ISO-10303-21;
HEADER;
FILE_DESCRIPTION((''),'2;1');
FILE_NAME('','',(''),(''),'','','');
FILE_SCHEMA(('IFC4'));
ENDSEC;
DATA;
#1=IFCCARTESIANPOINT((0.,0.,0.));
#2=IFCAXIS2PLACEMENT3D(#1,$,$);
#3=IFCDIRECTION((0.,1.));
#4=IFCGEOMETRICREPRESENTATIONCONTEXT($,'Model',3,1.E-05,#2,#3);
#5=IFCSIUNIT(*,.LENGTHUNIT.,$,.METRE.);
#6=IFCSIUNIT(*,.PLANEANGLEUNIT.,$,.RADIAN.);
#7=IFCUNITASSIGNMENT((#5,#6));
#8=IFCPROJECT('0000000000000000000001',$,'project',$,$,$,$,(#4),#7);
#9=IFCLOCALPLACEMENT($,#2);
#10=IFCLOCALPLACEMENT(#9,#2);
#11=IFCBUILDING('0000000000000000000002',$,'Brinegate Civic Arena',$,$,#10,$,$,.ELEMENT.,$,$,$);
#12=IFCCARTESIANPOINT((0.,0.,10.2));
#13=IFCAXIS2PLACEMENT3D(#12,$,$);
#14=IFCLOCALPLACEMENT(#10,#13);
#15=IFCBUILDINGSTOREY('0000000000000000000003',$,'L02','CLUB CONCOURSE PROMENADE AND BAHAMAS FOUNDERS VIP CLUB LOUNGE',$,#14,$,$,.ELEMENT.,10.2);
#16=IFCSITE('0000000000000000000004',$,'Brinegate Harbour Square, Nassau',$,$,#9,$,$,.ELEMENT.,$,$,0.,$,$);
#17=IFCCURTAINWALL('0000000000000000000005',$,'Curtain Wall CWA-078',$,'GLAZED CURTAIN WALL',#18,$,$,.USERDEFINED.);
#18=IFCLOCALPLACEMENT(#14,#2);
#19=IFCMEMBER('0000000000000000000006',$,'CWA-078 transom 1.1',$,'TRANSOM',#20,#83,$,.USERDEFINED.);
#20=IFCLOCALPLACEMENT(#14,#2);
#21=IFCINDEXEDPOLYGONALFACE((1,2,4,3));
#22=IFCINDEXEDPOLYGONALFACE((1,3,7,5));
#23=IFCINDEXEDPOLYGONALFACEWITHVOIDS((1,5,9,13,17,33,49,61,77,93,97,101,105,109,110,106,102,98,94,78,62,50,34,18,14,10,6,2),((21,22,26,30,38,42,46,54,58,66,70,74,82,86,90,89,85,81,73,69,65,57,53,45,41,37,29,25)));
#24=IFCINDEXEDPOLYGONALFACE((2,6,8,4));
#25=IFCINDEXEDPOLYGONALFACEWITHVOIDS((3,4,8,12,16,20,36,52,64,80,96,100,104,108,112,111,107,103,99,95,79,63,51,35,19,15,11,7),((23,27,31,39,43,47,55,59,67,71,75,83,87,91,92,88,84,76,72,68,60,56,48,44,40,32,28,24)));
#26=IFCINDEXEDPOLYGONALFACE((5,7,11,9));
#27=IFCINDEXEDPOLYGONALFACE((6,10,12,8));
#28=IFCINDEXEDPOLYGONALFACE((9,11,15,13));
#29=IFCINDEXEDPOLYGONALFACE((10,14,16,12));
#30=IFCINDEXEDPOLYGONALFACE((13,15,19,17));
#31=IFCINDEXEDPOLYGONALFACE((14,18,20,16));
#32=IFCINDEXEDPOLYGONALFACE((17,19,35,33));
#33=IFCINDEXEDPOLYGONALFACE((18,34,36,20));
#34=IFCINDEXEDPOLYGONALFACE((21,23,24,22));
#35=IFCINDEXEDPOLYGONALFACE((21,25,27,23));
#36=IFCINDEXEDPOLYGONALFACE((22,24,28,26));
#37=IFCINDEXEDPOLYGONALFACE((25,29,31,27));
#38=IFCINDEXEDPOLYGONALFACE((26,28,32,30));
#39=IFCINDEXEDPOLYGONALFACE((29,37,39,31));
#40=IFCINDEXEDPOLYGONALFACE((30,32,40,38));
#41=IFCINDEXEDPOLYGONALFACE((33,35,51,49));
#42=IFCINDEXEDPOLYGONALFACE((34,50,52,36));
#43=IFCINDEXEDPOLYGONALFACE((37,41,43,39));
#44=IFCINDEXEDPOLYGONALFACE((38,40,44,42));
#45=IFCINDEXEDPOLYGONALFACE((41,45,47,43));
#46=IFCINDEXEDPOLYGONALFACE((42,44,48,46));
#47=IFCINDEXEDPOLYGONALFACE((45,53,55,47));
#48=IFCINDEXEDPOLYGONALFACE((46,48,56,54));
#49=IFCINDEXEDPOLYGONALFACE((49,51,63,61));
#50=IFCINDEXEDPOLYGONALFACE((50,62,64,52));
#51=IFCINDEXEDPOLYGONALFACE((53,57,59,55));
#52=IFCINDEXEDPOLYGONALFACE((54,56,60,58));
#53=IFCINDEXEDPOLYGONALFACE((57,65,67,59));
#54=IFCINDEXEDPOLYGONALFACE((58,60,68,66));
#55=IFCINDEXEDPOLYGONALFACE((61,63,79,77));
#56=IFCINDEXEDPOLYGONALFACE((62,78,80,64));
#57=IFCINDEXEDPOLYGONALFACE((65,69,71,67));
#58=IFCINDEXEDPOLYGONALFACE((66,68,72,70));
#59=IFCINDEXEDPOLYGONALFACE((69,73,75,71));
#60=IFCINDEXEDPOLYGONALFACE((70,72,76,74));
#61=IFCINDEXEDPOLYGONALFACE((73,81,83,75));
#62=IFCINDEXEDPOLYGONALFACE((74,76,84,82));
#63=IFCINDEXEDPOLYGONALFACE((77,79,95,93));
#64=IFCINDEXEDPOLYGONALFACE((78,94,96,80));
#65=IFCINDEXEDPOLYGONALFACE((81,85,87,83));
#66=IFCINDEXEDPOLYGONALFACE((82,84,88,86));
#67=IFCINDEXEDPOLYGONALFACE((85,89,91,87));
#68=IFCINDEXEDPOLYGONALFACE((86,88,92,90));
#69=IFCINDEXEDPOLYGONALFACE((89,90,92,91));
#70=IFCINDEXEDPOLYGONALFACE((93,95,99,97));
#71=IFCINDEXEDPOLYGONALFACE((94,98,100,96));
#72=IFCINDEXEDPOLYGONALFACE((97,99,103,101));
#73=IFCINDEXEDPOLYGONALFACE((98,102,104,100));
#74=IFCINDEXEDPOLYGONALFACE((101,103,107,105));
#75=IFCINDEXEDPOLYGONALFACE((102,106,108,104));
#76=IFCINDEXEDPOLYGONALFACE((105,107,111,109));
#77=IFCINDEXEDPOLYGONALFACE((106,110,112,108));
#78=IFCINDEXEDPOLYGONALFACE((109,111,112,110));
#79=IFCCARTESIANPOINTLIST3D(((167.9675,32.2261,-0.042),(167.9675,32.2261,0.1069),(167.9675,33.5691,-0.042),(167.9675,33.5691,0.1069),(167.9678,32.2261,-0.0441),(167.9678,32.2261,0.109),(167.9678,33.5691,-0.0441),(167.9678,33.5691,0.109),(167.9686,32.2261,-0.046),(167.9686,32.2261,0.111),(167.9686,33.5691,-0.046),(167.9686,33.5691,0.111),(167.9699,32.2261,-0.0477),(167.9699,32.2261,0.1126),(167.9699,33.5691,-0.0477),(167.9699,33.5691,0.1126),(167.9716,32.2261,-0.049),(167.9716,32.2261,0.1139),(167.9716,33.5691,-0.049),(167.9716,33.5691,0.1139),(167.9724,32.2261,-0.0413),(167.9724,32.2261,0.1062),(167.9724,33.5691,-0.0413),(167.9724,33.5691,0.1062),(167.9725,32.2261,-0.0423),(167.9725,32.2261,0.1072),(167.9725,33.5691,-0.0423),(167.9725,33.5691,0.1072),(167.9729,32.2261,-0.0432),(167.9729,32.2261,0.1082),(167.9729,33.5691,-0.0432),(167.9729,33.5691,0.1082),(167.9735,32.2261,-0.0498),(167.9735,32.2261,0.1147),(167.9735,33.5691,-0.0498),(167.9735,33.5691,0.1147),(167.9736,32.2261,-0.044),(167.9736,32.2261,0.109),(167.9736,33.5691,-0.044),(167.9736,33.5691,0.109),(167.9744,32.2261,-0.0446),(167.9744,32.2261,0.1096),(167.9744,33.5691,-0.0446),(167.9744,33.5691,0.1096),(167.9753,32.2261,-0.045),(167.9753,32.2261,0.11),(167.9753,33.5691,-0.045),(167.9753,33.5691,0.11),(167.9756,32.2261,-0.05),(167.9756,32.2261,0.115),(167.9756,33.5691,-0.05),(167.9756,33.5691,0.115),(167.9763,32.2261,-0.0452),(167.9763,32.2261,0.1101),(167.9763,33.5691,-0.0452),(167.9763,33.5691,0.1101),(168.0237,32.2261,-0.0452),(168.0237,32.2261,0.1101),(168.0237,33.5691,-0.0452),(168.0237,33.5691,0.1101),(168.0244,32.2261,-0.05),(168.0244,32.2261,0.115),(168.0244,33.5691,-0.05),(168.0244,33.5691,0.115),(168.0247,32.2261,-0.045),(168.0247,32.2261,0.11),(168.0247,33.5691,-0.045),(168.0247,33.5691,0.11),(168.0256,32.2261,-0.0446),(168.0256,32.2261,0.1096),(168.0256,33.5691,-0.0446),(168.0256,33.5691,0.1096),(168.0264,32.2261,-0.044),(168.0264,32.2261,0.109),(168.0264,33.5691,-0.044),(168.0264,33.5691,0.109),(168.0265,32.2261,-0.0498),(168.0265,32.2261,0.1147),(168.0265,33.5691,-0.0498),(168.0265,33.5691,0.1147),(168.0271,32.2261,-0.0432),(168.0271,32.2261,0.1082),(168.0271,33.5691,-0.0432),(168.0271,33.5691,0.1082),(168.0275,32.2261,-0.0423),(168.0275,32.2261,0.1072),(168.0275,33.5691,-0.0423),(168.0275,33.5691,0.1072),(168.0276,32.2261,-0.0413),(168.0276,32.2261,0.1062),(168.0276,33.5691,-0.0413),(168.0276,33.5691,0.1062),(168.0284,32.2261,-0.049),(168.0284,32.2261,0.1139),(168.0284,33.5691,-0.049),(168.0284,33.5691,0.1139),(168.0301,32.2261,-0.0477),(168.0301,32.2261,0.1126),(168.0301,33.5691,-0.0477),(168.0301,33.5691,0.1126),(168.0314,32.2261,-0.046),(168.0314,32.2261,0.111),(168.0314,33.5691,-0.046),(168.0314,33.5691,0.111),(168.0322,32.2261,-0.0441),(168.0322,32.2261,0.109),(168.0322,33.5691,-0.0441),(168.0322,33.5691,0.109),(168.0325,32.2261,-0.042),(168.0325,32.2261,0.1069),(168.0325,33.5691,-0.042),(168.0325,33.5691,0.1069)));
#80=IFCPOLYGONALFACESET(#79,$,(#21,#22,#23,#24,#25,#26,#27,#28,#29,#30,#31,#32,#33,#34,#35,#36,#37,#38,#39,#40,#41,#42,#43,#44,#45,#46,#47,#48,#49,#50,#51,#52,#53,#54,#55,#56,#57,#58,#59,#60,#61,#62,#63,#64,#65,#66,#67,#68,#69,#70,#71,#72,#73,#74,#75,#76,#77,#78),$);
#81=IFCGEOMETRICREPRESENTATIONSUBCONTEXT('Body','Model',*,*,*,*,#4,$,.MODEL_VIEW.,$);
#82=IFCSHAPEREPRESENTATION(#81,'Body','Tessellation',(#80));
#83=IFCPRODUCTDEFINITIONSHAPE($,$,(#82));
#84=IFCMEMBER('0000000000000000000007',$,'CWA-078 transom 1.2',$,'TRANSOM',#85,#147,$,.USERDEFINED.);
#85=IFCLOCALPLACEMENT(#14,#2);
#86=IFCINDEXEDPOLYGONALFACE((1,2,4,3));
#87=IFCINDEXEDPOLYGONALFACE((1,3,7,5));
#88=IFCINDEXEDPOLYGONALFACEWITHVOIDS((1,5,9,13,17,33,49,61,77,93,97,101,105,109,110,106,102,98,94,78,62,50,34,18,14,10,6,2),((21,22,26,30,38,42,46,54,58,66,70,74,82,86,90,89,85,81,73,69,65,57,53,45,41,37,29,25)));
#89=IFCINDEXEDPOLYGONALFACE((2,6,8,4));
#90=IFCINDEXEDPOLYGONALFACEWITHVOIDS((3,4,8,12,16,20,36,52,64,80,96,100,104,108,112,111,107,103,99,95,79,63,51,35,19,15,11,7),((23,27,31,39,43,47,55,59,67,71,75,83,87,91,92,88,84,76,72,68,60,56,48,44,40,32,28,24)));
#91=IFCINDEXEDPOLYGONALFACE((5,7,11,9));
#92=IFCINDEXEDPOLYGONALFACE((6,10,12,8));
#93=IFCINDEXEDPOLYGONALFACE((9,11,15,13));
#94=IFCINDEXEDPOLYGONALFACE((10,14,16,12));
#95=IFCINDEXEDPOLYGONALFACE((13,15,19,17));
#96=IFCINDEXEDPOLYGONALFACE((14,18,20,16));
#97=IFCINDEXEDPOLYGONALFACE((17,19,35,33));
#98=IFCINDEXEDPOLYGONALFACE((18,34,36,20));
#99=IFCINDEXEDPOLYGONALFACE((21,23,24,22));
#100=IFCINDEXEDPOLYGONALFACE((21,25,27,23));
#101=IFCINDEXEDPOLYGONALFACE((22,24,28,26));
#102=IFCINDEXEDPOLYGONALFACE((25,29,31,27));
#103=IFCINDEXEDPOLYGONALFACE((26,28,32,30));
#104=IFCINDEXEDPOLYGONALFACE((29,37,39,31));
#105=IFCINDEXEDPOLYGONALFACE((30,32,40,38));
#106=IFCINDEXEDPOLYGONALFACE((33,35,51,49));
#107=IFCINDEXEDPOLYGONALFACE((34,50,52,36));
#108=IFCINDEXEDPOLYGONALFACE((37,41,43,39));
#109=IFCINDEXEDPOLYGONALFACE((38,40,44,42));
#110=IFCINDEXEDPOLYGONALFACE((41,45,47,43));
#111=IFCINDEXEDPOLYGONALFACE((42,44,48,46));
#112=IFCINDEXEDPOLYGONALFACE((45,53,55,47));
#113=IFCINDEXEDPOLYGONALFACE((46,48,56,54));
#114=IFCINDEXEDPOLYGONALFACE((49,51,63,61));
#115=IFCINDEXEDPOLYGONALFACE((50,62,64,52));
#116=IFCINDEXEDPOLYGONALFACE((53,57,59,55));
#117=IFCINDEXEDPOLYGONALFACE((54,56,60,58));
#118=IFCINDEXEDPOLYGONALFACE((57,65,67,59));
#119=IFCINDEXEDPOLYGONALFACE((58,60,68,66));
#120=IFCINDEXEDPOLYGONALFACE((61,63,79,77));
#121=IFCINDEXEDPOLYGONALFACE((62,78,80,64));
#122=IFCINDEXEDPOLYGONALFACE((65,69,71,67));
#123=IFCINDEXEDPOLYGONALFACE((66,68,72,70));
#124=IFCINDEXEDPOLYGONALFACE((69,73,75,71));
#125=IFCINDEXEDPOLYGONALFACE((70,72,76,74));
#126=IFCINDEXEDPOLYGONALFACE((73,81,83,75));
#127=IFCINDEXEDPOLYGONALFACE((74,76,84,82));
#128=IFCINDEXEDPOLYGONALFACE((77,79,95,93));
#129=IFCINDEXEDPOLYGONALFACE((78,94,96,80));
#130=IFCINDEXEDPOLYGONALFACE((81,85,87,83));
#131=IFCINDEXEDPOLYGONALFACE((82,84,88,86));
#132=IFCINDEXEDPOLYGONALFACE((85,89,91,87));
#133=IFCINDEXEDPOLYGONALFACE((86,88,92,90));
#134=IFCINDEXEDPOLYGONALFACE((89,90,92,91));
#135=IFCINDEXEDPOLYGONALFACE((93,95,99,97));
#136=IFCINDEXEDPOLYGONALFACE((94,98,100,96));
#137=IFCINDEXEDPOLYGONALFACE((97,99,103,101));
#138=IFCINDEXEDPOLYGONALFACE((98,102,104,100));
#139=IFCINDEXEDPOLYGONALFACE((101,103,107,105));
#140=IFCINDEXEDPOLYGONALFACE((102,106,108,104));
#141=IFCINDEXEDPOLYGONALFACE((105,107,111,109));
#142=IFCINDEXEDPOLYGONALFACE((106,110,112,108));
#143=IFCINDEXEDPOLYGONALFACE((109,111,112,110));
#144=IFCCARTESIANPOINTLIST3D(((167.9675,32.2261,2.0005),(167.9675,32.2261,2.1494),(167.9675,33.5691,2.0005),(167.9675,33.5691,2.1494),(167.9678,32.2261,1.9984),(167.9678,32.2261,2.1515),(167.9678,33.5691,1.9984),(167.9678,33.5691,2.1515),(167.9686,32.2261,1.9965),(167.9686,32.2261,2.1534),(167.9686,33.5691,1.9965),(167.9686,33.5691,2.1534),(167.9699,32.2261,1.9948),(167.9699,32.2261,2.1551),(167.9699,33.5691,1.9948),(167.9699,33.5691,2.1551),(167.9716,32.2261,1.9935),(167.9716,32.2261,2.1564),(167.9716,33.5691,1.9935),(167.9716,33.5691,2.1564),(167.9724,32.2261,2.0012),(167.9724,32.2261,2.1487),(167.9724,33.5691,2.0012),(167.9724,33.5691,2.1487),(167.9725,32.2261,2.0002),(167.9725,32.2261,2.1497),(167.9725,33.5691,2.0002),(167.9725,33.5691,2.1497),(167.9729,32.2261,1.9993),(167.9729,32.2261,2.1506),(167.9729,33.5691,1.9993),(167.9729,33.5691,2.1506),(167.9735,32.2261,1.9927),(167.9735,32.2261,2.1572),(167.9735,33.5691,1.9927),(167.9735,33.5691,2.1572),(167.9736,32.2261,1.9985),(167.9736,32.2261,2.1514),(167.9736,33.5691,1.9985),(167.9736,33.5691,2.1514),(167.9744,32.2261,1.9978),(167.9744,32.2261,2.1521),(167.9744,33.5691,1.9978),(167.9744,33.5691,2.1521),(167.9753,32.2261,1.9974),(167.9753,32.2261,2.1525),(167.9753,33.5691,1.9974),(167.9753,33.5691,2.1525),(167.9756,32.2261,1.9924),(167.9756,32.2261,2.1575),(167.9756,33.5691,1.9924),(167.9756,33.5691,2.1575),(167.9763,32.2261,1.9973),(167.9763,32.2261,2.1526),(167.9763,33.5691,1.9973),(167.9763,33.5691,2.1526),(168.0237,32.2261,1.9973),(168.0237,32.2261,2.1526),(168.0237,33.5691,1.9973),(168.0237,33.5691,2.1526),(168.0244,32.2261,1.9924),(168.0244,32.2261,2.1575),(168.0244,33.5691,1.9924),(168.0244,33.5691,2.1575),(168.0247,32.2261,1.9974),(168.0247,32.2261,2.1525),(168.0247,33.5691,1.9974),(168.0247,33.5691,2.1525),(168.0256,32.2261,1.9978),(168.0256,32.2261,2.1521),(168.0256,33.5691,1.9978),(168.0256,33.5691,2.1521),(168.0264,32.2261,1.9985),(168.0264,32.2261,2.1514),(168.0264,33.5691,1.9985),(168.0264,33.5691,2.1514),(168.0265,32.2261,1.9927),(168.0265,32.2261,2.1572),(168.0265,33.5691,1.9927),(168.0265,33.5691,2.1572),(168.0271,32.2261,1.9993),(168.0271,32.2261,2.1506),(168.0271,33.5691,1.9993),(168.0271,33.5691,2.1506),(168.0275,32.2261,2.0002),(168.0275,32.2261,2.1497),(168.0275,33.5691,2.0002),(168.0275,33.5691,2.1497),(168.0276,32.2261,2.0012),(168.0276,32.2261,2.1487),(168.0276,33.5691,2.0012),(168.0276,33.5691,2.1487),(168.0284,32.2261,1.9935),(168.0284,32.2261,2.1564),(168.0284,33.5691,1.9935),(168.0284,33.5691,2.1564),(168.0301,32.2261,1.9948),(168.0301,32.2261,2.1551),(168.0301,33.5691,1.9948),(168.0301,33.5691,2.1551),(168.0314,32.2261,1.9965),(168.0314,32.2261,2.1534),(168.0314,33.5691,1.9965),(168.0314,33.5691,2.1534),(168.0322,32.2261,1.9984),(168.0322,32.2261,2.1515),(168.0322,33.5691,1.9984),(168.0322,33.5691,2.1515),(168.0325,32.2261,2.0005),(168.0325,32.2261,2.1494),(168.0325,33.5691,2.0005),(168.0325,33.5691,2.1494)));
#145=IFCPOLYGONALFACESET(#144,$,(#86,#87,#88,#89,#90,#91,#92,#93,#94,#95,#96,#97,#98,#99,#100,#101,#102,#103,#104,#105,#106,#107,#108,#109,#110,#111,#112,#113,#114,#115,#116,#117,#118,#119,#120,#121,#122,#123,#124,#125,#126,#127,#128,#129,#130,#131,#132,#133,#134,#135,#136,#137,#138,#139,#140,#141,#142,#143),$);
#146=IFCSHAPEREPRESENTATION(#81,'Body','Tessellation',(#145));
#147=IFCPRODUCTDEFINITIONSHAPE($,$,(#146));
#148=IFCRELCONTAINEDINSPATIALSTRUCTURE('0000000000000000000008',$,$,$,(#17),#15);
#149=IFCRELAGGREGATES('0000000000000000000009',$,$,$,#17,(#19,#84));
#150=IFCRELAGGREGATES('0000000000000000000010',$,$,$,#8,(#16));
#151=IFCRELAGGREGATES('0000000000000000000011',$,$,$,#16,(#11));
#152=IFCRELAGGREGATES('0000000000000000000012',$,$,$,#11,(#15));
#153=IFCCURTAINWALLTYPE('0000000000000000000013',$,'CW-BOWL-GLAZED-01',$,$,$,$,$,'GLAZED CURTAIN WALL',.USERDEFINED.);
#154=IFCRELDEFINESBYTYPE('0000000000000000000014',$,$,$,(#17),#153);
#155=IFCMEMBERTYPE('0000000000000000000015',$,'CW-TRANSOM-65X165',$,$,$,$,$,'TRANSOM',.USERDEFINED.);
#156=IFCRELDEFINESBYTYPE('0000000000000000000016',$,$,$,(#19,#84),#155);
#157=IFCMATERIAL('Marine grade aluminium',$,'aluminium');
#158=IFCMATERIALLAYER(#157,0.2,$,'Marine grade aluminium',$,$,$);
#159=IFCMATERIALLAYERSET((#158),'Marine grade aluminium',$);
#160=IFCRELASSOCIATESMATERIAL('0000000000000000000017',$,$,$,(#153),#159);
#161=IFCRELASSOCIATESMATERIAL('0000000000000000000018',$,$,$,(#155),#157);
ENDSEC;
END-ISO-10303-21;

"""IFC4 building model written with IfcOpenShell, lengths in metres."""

from ifc_helpers import new_model, si_unit, direction, frame, origin, origin_2d, place, context, subcontext, project, spatial, hollow_rectangle, extrude, material, layer, layer_set, material_profile, profile_set, type_object, element, aggregate, save


model = new_model("IFC4")

# Units and contexts
model_context = context("Model", 3, precision=1e-05, world=origin(), true_north=direction((0.0, 1.0)))
body_context = subcontext(model_context, "Body", "Model", "MODEL_VIEW")
ifc_project = project(units=[si_unit("LENGTHUNIT", "METRE"), si_unit("PLANEANGLEUNIT", "RADIAN")], contexts=[model_context])

# Site, building, storey
site_placement = place(None, origin())
site = spatial("IfcSite", under=ifc_project, at=site_placement, Name="Brinegate Harbour Square, Nassau", CompositionType="ELEMENT", RefElevation=0.0)
building_placement = place(site_placement, origin())
building = spatial("IfcBuilding", under=site, at=building_placement, Name="Brinegate Civic Arena", CompositionType="ELEMENT")
storey_placement = place(building_placement, frame((0.0, 0.0, 10.2)))
storey = spatial("IfcBuildingStorey", under=building, at=storey_placement, Name="L02", Description="CLUB CONCOURSE PROMENADE AND BAHAMAS FOUNDERS VIP CLUB LOUNGE", CompositionType="ELEMENT", Elevation=10.2)

# Curtain wall, members
ifc_material_1 = material(Name="Marine grade aluminium", Category="aluminium")
ifc_layer_1 = layer(ifc_material_1, 0.2, Name="Marine grade aluminium")
ifc_layer_set_1 = layer_set([ifc_layer_1], Name="Marine grade aluminium")
curtain_wall_type = type_object("IfcCurtainWallType", Name="CW-BOWL-GLAZED-01", ElementType="GLAZED CURTAIN WALL", PredefinedType="USERDEFINED", material=ifc_layer_set_1)
curtain_wall_placement = place(storey_placement, origin())
curtain_wall = element("IfcCurtainWall", 1, at=curtain_wall_placement, inside=storey, type_object=curtain_wall_type, Name="Curtain Wall CWA-078", ObjectType="GLAZED CURTAIN WALL", PredefinedType="USERDEFINED")
ifc_material_profile_1 = material_profile(ifc_material_1, hollow_rectangle(XDim=0.0649, YDim=0.165, WallThickness=0.0049, InnerFilletRadius=0.0039, OuterFilletRadius=0.0081, at=origin_2d()), Name="TRN65X165")
ifc_profile_set_1 = profile_set([ifc_material_profile_1], Name="Marine grade aluminium")
member_type_1 = type_object("IfcMemberType", Name="CW-TRANSOM-65X165", ElementType="TRANSOM", PredefinedType="USERDEFINED", material=ifc_profile_set_1)
member_1_placement = place(storey_placement, frame((168.0, 32.2261, 0.0325), z_axis=(0.0, 1.0, 0.0), x_axis=(-1.0, 0.0, 0.0)))
member_1 = element("IfcMember", 2, at=member_1_placement, type_object=member_type_1, Name="CWA-078 transom 1.1", ObjectType="TRANSOM", PredefinedType="USERDEFINED", context=body_context, shape_type="SweptSolid", body=[
    extrude(hollow_rectangle(XDim=0.0649, YDim=0.165, WallThickness=0.0049, InnerFilletRadius=0.0039, OuterFilletRadius=0.0081, at=origin_2d()), origin(), (0.0, 0.0, 1.0), 1.343),
])
member_2_placement = place(storey_placement, frame((168.0, 32.2261, 2.075), z_axis=(0.0, 1.0, 0.0), x_axis=(-1.0, 0.0, 0.0)))
member_2 = element("IfcMember", 3, at=member_2_placement, type_object=member_type_1, Name="CWA-078 transom 1.2", ObjectType="TRANSOM", PredefinedType="USERDEFINED", context=body_context, shape_type="SweptSolid", body=[
    extrude(hollow_rectangle(XDim=0.0649, YDim=0.165, WallThickness=0.0049, InnerFilletRadius=0.0039, OuterFilletRadius=0.0081, at=origin_2d()), origin(), (0.0, 0.0, 1.0), 1.343),
])
aggregate(curtain_wall, [member_1, member_2])

save(model, "model.ifc")
